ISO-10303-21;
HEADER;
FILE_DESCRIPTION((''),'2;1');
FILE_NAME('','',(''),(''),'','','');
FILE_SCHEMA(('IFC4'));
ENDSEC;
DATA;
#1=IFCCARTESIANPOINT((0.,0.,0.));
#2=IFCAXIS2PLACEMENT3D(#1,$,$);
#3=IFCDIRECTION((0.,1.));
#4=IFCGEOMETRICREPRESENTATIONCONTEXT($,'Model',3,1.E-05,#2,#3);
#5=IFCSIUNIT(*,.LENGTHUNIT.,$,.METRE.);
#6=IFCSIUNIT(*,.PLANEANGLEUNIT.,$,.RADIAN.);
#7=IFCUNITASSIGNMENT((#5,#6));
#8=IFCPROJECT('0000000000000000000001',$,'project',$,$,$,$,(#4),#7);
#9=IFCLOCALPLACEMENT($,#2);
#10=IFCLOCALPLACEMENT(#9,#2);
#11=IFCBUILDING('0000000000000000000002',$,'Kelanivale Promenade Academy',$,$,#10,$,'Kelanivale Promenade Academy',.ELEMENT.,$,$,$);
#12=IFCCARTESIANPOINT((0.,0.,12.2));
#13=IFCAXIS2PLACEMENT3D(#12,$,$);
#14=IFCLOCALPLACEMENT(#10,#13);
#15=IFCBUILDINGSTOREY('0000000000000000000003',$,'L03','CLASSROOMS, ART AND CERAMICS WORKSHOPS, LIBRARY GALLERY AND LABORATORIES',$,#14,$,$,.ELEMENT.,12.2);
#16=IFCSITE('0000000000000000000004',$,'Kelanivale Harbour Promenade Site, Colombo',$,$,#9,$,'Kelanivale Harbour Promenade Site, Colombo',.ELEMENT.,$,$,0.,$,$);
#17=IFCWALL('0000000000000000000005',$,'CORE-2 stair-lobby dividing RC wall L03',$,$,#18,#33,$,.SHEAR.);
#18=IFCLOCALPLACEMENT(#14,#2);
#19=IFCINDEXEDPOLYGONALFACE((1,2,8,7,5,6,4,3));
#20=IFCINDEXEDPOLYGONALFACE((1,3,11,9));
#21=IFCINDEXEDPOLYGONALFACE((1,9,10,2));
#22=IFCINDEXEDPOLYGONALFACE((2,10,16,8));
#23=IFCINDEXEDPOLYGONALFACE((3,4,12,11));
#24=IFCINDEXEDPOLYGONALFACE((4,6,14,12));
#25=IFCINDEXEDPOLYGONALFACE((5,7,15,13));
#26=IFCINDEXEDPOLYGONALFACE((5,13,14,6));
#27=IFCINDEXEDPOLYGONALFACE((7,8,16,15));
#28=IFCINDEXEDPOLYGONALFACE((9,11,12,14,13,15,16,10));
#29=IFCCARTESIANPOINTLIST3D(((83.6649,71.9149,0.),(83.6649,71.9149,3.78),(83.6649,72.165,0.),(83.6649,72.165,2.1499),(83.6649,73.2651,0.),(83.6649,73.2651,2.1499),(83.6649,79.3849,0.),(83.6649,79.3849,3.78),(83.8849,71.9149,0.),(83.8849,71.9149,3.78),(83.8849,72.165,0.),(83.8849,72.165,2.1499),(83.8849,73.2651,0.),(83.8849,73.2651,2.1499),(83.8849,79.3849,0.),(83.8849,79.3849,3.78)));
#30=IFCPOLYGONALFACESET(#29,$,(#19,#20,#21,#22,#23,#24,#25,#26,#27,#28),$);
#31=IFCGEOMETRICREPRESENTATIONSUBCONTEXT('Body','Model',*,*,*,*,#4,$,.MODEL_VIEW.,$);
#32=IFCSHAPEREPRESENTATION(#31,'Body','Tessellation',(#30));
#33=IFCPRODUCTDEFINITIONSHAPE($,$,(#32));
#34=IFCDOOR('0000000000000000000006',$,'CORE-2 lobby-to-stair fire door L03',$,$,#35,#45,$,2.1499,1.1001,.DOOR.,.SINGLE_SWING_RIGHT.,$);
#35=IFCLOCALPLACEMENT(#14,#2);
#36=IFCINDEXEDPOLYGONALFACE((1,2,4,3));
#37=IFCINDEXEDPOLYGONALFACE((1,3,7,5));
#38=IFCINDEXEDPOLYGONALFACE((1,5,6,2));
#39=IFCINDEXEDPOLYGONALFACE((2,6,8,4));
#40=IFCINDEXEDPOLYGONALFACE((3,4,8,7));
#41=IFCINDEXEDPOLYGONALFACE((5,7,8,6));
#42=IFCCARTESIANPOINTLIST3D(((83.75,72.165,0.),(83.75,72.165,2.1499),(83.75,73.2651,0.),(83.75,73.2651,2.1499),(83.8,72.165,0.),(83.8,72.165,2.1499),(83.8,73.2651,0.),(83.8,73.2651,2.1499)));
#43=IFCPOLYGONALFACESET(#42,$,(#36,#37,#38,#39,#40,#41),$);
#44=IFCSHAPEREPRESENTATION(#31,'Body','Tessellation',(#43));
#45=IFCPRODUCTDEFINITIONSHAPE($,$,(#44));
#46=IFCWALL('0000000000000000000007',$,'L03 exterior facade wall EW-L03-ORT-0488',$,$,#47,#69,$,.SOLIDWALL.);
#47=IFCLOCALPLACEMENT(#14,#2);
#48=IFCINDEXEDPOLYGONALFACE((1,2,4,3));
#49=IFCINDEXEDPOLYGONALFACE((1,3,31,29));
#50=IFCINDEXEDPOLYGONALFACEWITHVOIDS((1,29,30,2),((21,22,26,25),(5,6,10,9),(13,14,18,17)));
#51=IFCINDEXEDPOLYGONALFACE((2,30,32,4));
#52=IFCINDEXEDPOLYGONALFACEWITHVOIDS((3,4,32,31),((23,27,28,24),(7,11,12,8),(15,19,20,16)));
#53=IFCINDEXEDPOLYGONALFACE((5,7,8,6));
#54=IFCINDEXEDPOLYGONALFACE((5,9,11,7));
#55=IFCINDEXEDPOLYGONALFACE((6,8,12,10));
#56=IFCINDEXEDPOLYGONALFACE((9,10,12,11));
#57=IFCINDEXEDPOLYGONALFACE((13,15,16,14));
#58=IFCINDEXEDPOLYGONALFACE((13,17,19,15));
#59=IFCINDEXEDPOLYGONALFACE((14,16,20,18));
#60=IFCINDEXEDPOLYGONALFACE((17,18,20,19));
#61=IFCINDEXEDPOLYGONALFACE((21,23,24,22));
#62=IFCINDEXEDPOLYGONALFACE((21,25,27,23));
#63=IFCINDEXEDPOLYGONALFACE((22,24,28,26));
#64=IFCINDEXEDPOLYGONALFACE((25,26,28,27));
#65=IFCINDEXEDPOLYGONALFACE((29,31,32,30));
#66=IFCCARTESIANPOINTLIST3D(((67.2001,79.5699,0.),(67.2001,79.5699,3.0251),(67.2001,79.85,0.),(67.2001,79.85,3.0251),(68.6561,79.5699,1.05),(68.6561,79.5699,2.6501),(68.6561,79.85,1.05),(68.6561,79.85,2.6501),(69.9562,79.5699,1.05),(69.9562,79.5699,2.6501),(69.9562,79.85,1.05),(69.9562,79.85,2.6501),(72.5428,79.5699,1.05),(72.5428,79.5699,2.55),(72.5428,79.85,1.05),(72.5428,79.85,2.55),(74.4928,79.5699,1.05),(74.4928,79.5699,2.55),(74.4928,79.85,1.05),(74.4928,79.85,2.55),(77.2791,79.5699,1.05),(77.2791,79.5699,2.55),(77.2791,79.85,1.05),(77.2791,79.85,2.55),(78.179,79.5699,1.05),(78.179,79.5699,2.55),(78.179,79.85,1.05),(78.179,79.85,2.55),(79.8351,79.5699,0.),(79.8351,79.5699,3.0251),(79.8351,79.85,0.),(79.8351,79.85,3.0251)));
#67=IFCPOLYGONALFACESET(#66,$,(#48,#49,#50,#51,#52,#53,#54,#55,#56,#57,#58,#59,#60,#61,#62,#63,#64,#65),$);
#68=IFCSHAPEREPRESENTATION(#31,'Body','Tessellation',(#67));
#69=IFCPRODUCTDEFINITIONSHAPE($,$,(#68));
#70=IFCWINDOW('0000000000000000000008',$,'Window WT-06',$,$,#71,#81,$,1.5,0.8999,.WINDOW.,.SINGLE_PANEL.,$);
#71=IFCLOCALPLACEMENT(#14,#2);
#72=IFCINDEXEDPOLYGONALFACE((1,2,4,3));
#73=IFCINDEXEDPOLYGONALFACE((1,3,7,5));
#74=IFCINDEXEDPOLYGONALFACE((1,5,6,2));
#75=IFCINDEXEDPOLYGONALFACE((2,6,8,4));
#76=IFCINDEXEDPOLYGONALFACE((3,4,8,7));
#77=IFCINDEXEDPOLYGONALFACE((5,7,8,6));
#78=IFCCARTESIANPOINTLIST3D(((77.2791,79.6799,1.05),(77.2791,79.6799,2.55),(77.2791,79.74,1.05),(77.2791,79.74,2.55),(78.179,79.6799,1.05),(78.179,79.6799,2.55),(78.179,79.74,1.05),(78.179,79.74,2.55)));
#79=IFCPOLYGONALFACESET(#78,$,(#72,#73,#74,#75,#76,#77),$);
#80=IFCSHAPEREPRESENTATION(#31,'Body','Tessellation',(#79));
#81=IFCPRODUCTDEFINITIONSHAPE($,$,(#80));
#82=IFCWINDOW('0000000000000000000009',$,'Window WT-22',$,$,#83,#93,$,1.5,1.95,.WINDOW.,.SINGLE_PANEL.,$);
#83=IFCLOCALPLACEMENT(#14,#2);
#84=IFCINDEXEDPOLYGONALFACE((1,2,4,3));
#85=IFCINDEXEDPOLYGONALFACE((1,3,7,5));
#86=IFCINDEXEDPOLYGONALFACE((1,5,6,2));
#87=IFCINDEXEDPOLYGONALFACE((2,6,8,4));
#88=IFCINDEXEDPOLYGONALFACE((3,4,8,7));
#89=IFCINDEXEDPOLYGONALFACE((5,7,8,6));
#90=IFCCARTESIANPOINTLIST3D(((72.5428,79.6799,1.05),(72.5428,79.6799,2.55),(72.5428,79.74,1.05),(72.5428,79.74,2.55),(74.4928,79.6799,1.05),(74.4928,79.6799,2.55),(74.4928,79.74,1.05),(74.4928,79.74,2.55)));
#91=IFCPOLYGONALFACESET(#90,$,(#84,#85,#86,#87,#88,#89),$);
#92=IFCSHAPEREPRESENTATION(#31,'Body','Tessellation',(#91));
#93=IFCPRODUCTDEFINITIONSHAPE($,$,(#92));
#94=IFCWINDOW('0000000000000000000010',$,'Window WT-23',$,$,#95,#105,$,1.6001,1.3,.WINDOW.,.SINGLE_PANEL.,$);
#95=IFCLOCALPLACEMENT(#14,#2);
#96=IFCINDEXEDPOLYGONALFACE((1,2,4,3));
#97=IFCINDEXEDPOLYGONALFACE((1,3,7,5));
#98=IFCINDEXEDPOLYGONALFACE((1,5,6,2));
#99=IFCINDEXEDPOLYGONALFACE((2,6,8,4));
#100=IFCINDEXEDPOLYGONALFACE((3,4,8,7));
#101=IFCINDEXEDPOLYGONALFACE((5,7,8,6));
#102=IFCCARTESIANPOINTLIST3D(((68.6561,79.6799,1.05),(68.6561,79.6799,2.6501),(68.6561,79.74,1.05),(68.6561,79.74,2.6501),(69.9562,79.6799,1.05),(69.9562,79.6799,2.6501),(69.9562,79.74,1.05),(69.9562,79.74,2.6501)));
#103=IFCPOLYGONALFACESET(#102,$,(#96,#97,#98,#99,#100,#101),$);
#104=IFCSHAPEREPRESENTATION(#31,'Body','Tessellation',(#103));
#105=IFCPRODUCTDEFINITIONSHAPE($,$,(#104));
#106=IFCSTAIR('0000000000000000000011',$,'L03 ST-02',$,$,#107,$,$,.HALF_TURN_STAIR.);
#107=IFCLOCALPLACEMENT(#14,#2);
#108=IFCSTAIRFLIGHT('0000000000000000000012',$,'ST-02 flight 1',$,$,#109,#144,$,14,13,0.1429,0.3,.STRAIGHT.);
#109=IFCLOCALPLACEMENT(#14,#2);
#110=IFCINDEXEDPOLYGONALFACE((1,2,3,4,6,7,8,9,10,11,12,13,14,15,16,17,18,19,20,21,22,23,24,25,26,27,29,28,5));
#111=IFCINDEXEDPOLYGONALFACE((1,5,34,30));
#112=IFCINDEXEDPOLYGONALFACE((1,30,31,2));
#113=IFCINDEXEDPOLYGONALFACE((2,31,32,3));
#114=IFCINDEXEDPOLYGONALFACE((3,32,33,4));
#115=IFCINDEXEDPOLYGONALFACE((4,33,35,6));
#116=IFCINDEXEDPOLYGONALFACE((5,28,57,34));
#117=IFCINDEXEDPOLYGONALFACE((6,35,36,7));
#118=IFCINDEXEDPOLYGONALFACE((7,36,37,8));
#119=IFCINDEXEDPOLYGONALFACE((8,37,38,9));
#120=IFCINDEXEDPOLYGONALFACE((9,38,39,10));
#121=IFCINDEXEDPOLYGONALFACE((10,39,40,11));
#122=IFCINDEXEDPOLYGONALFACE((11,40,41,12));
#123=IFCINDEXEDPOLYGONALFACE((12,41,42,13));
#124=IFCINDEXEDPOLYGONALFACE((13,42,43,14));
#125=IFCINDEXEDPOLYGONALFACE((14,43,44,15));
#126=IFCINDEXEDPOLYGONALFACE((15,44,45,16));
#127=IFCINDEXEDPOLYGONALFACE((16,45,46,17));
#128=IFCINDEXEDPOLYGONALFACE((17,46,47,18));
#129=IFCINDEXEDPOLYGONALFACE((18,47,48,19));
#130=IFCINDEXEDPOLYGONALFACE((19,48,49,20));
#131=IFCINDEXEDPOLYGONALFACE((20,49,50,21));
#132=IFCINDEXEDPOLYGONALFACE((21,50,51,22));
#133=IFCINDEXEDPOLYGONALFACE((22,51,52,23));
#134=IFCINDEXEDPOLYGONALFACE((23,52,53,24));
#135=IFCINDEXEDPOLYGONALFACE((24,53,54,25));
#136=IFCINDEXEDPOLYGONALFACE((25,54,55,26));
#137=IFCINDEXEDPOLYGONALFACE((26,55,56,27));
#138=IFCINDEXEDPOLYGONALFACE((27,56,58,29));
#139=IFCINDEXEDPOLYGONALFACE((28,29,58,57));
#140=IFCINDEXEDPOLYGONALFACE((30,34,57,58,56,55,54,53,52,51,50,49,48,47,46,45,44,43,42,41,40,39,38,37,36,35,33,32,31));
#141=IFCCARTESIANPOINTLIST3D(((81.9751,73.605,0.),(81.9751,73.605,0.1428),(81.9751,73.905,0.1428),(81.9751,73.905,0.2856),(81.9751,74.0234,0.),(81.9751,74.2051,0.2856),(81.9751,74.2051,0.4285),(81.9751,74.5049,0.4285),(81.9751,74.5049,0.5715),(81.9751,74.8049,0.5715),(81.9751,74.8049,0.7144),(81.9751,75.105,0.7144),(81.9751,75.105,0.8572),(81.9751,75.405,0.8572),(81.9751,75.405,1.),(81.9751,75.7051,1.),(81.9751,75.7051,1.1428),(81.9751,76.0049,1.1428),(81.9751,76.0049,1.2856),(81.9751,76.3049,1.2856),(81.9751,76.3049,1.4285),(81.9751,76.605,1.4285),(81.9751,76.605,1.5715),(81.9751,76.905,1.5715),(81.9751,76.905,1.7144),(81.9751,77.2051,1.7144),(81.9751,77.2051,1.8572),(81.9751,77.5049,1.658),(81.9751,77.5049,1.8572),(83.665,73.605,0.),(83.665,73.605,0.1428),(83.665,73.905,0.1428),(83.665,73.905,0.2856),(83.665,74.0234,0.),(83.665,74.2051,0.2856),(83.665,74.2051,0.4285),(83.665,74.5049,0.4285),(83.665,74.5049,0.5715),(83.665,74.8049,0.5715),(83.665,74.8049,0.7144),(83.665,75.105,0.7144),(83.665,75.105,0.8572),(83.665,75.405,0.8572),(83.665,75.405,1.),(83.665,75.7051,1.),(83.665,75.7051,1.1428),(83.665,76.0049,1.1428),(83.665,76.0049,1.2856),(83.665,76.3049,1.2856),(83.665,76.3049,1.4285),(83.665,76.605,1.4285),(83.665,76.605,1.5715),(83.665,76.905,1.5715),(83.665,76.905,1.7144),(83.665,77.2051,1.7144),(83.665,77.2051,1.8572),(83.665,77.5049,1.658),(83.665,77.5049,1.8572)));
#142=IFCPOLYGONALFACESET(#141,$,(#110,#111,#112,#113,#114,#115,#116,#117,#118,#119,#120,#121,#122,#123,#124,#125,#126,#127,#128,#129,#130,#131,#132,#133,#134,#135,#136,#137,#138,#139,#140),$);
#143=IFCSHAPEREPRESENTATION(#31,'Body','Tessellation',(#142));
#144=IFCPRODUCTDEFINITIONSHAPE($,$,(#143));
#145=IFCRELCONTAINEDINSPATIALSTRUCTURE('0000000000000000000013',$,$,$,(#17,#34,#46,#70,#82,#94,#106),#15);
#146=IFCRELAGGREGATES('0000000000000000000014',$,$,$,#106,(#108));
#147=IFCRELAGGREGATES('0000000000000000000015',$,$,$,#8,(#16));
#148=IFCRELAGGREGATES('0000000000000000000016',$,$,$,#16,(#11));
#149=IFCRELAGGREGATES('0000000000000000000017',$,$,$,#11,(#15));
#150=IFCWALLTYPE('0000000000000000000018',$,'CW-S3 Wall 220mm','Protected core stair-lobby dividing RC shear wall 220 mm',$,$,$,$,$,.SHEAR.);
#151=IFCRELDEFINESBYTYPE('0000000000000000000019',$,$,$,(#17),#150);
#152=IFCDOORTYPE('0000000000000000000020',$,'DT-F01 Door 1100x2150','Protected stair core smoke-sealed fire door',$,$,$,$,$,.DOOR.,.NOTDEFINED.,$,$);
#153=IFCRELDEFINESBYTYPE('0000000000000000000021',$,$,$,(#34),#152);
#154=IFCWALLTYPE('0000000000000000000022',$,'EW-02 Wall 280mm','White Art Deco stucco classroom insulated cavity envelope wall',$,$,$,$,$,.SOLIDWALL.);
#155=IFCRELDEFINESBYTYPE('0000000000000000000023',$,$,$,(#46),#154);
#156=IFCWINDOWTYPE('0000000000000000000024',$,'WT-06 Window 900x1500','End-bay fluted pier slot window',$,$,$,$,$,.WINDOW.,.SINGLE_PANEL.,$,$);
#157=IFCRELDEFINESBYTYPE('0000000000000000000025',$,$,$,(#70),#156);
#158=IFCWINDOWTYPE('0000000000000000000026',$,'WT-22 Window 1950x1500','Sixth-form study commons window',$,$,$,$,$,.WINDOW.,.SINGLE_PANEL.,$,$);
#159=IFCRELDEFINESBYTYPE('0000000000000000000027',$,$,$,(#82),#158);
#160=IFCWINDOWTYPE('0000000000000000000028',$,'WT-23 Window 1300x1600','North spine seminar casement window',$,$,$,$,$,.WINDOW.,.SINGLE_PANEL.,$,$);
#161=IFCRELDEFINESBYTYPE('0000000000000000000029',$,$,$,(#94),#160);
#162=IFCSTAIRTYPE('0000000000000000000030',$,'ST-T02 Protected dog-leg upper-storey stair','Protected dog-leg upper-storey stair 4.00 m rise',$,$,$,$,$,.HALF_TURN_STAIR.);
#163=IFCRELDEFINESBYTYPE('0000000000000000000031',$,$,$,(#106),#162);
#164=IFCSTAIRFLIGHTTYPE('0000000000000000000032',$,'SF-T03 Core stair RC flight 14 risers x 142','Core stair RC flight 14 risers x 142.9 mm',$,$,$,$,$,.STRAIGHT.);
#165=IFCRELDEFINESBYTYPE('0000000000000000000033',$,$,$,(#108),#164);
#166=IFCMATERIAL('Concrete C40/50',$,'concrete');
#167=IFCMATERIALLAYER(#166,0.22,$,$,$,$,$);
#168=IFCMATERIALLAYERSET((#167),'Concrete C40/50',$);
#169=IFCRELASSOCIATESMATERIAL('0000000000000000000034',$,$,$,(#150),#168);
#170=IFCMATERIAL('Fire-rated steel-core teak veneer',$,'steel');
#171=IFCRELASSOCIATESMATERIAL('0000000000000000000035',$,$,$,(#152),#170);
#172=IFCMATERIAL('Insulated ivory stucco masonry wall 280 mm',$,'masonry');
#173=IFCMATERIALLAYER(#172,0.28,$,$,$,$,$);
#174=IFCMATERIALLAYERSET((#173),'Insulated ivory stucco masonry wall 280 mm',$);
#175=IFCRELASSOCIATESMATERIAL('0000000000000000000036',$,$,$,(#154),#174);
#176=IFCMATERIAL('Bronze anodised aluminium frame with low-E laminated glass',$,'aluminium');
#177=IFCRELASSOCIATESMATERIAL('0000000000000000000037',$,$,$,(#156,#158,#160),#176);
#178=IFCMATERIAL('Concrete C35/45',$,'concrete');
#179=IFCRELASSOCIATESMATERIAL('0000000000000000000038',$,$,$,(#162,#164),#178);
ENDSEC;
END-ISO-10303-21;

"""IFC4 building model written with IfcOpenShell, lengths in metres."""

from ifc_helpers import new_model, si_unit, direction, frame, frame_2d, origin, place, context, subcontext, project, spatial, polyline, rectangle, outline, extrude, material, layer, layer_set, type_object, element, fill, aggregate, save


model = new_model("IFC4")

# Units and contexts
model_context = context("Model", 3, precision=1e-05, world=origin(), true_north=direction((0.0, 1.0)))
body_context = subcontext(model_context, "Body", "Model", "MODEL_VIEW")
ifc_project = project(units=[si_unit("LENGTHUNIT", "METRE"), si_unit("PLANEANGLEUNIT", "RADIAN")], contexts=[model_context])

# Site, building, storey
site_placement = place(None, origin())
site = spatial("IfcSite", under=ifc_project, at=site_placement, Name="Kelanivale Harbour Promenade Site, Colombo", LongName="Kelanivale Harbour Promenade Site, Colombo", CompositionType="ELEMENT", RefElevation=0.0)
building_placement = place(site_placement, origin())
building = spatial("IfcBuilding", under=site, at=building_placement, Name="Kelanivale Promenade Academy", LongName="Kelanivale Promenade Academy", CompositionType="ELEMENT")
storey_placement = place(building_placement, frame((0.0, 0.0, 12.2)))
storey = spatial("IfcBuildingStorey", under=building, at=storey_placement, Name="L03", Description="CLASSROOMS, ART AND CERAMICS WORKSHOPS, LIBRARY GALLERY AND LABORATORIES", CompositionType="ELEMENT", Elevation=12.2)

# Shared definitions
ifc_material_1 = material(Name="Concrete C40/50", Category="concrete")

# Shared definitions
ifc_material_2 = material(Name="Concrete C35/45", Category="concrete")

# Wall, opening, door
ifc_material_3 = material(Name="Fire-rated steel-core teak veneer", Category="steel")
ifc_layer_1 = layer(ifc_material_1, 0.22)
ifc_layer_set_1 = layer_set([ifc_layer_1], Name="Concrete C40/50")
wall_type_1 = type_object("IfcWallType", Name="CW-S3 Wall 220mm", Description="Protected core stair-lobby dividing RC shear wall 220 mm", PredefinedType="SHEAR", material=ifc_layer_set_1)
wall_1_placement = place(storey_placement, frame((83.7749, 71.915, 0.0), z_axis=(0.0, 0.0, 1.0), x_axis=(0.0, 1.0, 0.0)))
wall_1 = element("IfcWall", 1, at=wall_1_placement, inside=storey, type_object=wall_type_1, Name="CORE-2 stair-lobby dividing RC wall L03", PredefinedType="SHEAR", context=body_context, shape_type="SweptSolid", body=[
    extrude(rectangle(XDim=7.47, YDim=0.22, at=frame_2d((3.7349, 0.0))), origin(), (0.0, 0.0, 1.0), 3.78),
])
opening_1_placement = place(wall_1_placement, frame((0.25, 0.0, 0.0)))
opening_1 = element("IfcOpeningElement", 2, at=opening_1_placement, cuts=wall_1, PredefinedType="OPENING", context=body_context, shape_type="SweptSolid", body=[
    extrude(rectangle(XDim=1.1001, YDim=2.1499, at=frame_2d((0.55, 1.075))), frame((0.0, 0.1201, 0.0), z_axis=(0.0, -1.0, 0.0), x_axis=(1.0, 0.0, 0.0)), (0.0, 0.0, 1.0), 0.24),
])
door_type_1 = type_object("IfcDoorType", Name="DT-F01 Door 1100x2150", Description="Protected stair core smoke-sealed fire door", OperationType="NOTDEFINED", PredefinedType="DOOR", material=ifc_material_3)
door_1_placement = place(opening_1_placement, origin())
door_1 = element("IfcDoor", 3, at=door_1_placement, inside=storey, type_object=door_type_1, Name="CORE-2 lobby-to-stair fire door L03", OperationType="SINGLE_SWING_RIGHT", OverallHeight=2.1499, OverallWidth=1.1001, PredefinedType="DOOR", context=body_context, shape_type="SweptSolid", body=[
    extrude(rectangle(XDim=1.1001, YDim=2.1499, at=frame_2d((0.55, 1.075))), frame((0.0, 0.0249, 0.0), z_axis=(0.0, -1.0, 0.0), x_axis=(1.0, 0.0, 0.0)), (0.0, 0.0, 1.0), 0.05),
])
fill(opening_1, door_1)

# Wall, openings, windows
ifc_material_4 = material(Name="Insulated ivory stucco masonry wall 280 mm", Category="masonry")
ifc_layer_2 = layer(ifc_material_4, 0.28)
ifc_layer_set_2 = layer_set([ifc_layer_2], Name="Insulated ivory stucco masonry wall 280 mm")
wall_type_2 = type_object("IfcWallType", Name="EW-02 Wall 280mm", Description="White Art Deco stucco classroom insulated cavity envelope wall", PredefinedType="SOLIDWALL", material=ifc_layer_set_2)
wall_2_placement = place(storey_placement, frame((79.835, 79.71, 0.0), z_axis=(0.0, 0.0, 1.0), x_axis=(-1.0, 0.0, 0.0)))
wall_2 = element("IfcWall", 4, at=wall_2_placement, inside=storey, type_object=wall_type_2, Name="L03 exterior facade wall EW-L03-ORT-0488", PredefinedType="SOLIDWALL", context=body_context, shape_type="SweptSolid", body=[
    extrude(rectangle(XDim=12.635, YDim=0.28, at=frame_2d((6.3174, 0.0))), origin(), (0.0, 0.0, 1.0), 3.0251),
])
opening_2_placement = place(wall_2_placement, frame((1.656, 0.0, 1.05)))
opening_2 = element("IfcOpeningElement", 5, at=opening_2_placement, cuts=wall_2, PredefinedType="OPENING", context=body_context, shape_type="SweptSolid", body=[
    extrude(rectangle(XDim=0.8999, YDim=1.5, at=frame_2d((0.45, 0.75))), frame((0.0, 0.1499, 0.0), z_axis=(0.0, -1.0, 0.0), x_axis=(1.0, 0.0, 0.0)), (0.0, 0.0, 1.0), 0.3),
])
opening_3_placement = place(wall_2_placement, frame((5.342, 0.0, 1.05)))
opening_3 = element("IfcOpeningElement", 6, at=opening_3_placement, cuts=wall_2, PredefinedType="OPENING", context=body_context, shape_type="SweptSolid", body=[
    extrude(rectangle(XDim=1.95, YDim=1.5, at=frame_2d((0.9751, 0.75))), frame((0.0, 0.1499, 0.0), z_axis=(0.0, -1.0, 0.0), x_axis=(1.0, 0.0, 0.0)), (0.0, 0.0, 1.0), 0.3),
])
opening_4_placement = place(wall_2_placement, frame((9.8789, 0.0, 1.05)))
opening_4 = element("IfcOpeningElement", 7, at=opening_4_placement, cuts=wall_2, PredefinedType="OPENING", context=body_context, shape_type="SweptSolid", body=[
    extrude(rectangle(XDim=1.3, YDim=1.6001, at=frame_2d((0.6499, 0.8))), frame((0.0, 0.1499, 0.0), z_axis=(0.0, -1.0, 0.0), x_axis=(1.0, 0.0, 0.0)), (0.0, 0.0, 1.0), 0.3),
])
ifc_material_5 = material(Name="Bronze anodised aluminium frame with low-E laminated glass", Category="aluminium")
window_type_1 = type_object("IfcWindowType", Name="WT-06 Window 900x1500", Description="End-bay fluted pier slot window", PartitioningType="SINGLE_PANEL", PredefinedType="WINDOW", material=ifc_material_5)
window_1_placement = place(opening_2_placement, origin())
window_1 = element("IfcWindow", 8, at=window_1_placement, inside=storey, type_object=window_type_1, Name="Window WT-06", OverallHeight=1.5, OverallWidth=0.8999, PartitioningType="SINGLE_PANEL", PredefinedType="WINDOW", context=body_context, shape_type="SweptSolid", body=[
    extrude(rectangle(XDim=0.8999, YDim=1.5, at=frame_2d((0.45, 0.75))), frame((0.0, 0.03, 0.0), z_axis=(0.0, -1.0, 0.0), x_axis=(1.0, 0.0, 0.0)), (0.0, 0.0, 1.0), 0.0601),
])
fill(opening_2, window_1)
window_type_2 = type_object("IfcWindowType", Name="WT-22 Window 1950x1500", Description="Sixth-form study commons window", PartitioningType="SINGLE_PANEL", PredefinedType="WINDOW", material=ifc_material_5)
window_2_placement = place(opening_3_placement, origin())
window_2 = element("IfcWindow", 9, at=window_2_placement, inside=storey, type_object=window_type_2, Name="Window WT-22", OverallHeight=1.5, OverallWidth=1.95, PartitioningType="SINGLE_PANEL", PredefinedType="WINDOW", context=body_context, shape_type="SweptSolid", body=[
    extrude(rectangle(XDim=1.95, YDim=1.5, at=frame_2d((0.9751, 0.75))), frame((0.0, 0.03, 0.0), z_axis=(0.0, -1.0, 0.0), x_axis=(1.0, 0.0, 0.0)), (0.0, 0.0, 1.0), 0.0601),
])
fill(opening_3, window_2)
window_type_3 = type_object("IfcWindowType", Name="WT-23 Window 1300x1600", Description="North spine seminar casement window", PartitioningType="SINGLE_PANEL", PredefinedType="WINDOW", material=ifc_material_5)
window_3_placement = place(opening_4_placement, origin())
window_3 = element("IfcWindow", 10, at=window_3_placement, inside=storey, type_object=window_type_3, Name="Window WT-23", OverallHeight=1.6001, OverallWidth=1.3, PartitioningType="SINGLE_PANEL", PredefinedType="WINDOW", context=body_context, shape_type="SweptSolid", body=[
    extrude(rectangle(XDim=1.3, YDim=1.6001, at=frame_2d((0.6499, 0.8))), frame((0.0, 0.03, 0.0), z_axis=(0.0, -1.0, 0.0), x_axis=(1.0, 0.0, 0.0)), (0.0, 0.0, 1.0), 0.0601),
])
fill(opening_4, window_3)

# Stair, stair flight
stair_type = type_object("IfcStairType", Name="ST-T02 Protected dog-leg upper-storey stair", Description="Protected dog-leg upper-storey stair 4.00 m rise", PredefinedType="HALF_TURN_STAIR", material=ifc_material_2)
stair_placement = place(storey_placement, origin())
stair = element("IfcStair", 11, at=stair_placement, inside=storey, type_object=stair_type, Name="L03 ST-02", PredefinedType="HALF_TURN_STAIR")
stair_flight_type_1 = type_object("IfcStairFlightType", Name="SF-T03 Core stair RC flight 14 risers x 142", Description="Core stair RC flight 14 risers x 142.9 mm", PredefinedType="STRAIGHT", material=ifc_material_2)
stair_flight_1_placement = place(storey_placement, frame((82.8201, 73.605, 0.0), z_axis=(0.0, 0.0, 1.0), x_axis=(0.0, 1.0, 0.0)))
stair_flight_1 = element("IfcStairFlight", 12, at=stair_flight_1_placement, type_object=stair_flight_type_1, Name="ST-02 flight 1", NumberOfRisers=14, NumberOfTreads=13, PredefinedType="STRAIGHT", RiserHeight=0.1429, TreadLength=0.3, context=body_context, shape_type="SweptSolid", body=[
    extrude(outline(polyline([(0.0, 0.0), (0.0, 0.1428), (0.3, 0.1428), (0.3, 0.2856), (0.6001, 0.2856), (0.6001, 0.4285), (0.8999, 0.4285), (0.8999, 0.5715), (1.2, 0.5715), (1.2, 0.7144), (1.5, 0.7144), (1.5, 0.8572), (1.8, 0.8572), (1.8, 1.0), (2.1001, 1.0), (2.1001, 1.1428), (2.3999, 1.1428), (2.3999, 1.2856), (2.7, 1.2856), (2.7, 1.4285), (3.0, 1.4285), (3.0, 1.5715), (3.3, 1.5715), (3.3, 1.7144), (3.6001, 1.7144), (3.6001, 1.8572), (3.8999, 1.8572), (3.8999, 2.0), (3.8999, 1.658), (0.4185, 0.0), (0.0, 0.0)])), frame((0.0, 0.845, 0.0), z_axis=(0.0, -1.0, 0.0), x_axis=(1.0, 0.0, 0.0)), (0.0, 0.0, 1.0), 1.6899),
])
aggregate(stair, [stair_flight_1])

save(model, "model.ifc")
